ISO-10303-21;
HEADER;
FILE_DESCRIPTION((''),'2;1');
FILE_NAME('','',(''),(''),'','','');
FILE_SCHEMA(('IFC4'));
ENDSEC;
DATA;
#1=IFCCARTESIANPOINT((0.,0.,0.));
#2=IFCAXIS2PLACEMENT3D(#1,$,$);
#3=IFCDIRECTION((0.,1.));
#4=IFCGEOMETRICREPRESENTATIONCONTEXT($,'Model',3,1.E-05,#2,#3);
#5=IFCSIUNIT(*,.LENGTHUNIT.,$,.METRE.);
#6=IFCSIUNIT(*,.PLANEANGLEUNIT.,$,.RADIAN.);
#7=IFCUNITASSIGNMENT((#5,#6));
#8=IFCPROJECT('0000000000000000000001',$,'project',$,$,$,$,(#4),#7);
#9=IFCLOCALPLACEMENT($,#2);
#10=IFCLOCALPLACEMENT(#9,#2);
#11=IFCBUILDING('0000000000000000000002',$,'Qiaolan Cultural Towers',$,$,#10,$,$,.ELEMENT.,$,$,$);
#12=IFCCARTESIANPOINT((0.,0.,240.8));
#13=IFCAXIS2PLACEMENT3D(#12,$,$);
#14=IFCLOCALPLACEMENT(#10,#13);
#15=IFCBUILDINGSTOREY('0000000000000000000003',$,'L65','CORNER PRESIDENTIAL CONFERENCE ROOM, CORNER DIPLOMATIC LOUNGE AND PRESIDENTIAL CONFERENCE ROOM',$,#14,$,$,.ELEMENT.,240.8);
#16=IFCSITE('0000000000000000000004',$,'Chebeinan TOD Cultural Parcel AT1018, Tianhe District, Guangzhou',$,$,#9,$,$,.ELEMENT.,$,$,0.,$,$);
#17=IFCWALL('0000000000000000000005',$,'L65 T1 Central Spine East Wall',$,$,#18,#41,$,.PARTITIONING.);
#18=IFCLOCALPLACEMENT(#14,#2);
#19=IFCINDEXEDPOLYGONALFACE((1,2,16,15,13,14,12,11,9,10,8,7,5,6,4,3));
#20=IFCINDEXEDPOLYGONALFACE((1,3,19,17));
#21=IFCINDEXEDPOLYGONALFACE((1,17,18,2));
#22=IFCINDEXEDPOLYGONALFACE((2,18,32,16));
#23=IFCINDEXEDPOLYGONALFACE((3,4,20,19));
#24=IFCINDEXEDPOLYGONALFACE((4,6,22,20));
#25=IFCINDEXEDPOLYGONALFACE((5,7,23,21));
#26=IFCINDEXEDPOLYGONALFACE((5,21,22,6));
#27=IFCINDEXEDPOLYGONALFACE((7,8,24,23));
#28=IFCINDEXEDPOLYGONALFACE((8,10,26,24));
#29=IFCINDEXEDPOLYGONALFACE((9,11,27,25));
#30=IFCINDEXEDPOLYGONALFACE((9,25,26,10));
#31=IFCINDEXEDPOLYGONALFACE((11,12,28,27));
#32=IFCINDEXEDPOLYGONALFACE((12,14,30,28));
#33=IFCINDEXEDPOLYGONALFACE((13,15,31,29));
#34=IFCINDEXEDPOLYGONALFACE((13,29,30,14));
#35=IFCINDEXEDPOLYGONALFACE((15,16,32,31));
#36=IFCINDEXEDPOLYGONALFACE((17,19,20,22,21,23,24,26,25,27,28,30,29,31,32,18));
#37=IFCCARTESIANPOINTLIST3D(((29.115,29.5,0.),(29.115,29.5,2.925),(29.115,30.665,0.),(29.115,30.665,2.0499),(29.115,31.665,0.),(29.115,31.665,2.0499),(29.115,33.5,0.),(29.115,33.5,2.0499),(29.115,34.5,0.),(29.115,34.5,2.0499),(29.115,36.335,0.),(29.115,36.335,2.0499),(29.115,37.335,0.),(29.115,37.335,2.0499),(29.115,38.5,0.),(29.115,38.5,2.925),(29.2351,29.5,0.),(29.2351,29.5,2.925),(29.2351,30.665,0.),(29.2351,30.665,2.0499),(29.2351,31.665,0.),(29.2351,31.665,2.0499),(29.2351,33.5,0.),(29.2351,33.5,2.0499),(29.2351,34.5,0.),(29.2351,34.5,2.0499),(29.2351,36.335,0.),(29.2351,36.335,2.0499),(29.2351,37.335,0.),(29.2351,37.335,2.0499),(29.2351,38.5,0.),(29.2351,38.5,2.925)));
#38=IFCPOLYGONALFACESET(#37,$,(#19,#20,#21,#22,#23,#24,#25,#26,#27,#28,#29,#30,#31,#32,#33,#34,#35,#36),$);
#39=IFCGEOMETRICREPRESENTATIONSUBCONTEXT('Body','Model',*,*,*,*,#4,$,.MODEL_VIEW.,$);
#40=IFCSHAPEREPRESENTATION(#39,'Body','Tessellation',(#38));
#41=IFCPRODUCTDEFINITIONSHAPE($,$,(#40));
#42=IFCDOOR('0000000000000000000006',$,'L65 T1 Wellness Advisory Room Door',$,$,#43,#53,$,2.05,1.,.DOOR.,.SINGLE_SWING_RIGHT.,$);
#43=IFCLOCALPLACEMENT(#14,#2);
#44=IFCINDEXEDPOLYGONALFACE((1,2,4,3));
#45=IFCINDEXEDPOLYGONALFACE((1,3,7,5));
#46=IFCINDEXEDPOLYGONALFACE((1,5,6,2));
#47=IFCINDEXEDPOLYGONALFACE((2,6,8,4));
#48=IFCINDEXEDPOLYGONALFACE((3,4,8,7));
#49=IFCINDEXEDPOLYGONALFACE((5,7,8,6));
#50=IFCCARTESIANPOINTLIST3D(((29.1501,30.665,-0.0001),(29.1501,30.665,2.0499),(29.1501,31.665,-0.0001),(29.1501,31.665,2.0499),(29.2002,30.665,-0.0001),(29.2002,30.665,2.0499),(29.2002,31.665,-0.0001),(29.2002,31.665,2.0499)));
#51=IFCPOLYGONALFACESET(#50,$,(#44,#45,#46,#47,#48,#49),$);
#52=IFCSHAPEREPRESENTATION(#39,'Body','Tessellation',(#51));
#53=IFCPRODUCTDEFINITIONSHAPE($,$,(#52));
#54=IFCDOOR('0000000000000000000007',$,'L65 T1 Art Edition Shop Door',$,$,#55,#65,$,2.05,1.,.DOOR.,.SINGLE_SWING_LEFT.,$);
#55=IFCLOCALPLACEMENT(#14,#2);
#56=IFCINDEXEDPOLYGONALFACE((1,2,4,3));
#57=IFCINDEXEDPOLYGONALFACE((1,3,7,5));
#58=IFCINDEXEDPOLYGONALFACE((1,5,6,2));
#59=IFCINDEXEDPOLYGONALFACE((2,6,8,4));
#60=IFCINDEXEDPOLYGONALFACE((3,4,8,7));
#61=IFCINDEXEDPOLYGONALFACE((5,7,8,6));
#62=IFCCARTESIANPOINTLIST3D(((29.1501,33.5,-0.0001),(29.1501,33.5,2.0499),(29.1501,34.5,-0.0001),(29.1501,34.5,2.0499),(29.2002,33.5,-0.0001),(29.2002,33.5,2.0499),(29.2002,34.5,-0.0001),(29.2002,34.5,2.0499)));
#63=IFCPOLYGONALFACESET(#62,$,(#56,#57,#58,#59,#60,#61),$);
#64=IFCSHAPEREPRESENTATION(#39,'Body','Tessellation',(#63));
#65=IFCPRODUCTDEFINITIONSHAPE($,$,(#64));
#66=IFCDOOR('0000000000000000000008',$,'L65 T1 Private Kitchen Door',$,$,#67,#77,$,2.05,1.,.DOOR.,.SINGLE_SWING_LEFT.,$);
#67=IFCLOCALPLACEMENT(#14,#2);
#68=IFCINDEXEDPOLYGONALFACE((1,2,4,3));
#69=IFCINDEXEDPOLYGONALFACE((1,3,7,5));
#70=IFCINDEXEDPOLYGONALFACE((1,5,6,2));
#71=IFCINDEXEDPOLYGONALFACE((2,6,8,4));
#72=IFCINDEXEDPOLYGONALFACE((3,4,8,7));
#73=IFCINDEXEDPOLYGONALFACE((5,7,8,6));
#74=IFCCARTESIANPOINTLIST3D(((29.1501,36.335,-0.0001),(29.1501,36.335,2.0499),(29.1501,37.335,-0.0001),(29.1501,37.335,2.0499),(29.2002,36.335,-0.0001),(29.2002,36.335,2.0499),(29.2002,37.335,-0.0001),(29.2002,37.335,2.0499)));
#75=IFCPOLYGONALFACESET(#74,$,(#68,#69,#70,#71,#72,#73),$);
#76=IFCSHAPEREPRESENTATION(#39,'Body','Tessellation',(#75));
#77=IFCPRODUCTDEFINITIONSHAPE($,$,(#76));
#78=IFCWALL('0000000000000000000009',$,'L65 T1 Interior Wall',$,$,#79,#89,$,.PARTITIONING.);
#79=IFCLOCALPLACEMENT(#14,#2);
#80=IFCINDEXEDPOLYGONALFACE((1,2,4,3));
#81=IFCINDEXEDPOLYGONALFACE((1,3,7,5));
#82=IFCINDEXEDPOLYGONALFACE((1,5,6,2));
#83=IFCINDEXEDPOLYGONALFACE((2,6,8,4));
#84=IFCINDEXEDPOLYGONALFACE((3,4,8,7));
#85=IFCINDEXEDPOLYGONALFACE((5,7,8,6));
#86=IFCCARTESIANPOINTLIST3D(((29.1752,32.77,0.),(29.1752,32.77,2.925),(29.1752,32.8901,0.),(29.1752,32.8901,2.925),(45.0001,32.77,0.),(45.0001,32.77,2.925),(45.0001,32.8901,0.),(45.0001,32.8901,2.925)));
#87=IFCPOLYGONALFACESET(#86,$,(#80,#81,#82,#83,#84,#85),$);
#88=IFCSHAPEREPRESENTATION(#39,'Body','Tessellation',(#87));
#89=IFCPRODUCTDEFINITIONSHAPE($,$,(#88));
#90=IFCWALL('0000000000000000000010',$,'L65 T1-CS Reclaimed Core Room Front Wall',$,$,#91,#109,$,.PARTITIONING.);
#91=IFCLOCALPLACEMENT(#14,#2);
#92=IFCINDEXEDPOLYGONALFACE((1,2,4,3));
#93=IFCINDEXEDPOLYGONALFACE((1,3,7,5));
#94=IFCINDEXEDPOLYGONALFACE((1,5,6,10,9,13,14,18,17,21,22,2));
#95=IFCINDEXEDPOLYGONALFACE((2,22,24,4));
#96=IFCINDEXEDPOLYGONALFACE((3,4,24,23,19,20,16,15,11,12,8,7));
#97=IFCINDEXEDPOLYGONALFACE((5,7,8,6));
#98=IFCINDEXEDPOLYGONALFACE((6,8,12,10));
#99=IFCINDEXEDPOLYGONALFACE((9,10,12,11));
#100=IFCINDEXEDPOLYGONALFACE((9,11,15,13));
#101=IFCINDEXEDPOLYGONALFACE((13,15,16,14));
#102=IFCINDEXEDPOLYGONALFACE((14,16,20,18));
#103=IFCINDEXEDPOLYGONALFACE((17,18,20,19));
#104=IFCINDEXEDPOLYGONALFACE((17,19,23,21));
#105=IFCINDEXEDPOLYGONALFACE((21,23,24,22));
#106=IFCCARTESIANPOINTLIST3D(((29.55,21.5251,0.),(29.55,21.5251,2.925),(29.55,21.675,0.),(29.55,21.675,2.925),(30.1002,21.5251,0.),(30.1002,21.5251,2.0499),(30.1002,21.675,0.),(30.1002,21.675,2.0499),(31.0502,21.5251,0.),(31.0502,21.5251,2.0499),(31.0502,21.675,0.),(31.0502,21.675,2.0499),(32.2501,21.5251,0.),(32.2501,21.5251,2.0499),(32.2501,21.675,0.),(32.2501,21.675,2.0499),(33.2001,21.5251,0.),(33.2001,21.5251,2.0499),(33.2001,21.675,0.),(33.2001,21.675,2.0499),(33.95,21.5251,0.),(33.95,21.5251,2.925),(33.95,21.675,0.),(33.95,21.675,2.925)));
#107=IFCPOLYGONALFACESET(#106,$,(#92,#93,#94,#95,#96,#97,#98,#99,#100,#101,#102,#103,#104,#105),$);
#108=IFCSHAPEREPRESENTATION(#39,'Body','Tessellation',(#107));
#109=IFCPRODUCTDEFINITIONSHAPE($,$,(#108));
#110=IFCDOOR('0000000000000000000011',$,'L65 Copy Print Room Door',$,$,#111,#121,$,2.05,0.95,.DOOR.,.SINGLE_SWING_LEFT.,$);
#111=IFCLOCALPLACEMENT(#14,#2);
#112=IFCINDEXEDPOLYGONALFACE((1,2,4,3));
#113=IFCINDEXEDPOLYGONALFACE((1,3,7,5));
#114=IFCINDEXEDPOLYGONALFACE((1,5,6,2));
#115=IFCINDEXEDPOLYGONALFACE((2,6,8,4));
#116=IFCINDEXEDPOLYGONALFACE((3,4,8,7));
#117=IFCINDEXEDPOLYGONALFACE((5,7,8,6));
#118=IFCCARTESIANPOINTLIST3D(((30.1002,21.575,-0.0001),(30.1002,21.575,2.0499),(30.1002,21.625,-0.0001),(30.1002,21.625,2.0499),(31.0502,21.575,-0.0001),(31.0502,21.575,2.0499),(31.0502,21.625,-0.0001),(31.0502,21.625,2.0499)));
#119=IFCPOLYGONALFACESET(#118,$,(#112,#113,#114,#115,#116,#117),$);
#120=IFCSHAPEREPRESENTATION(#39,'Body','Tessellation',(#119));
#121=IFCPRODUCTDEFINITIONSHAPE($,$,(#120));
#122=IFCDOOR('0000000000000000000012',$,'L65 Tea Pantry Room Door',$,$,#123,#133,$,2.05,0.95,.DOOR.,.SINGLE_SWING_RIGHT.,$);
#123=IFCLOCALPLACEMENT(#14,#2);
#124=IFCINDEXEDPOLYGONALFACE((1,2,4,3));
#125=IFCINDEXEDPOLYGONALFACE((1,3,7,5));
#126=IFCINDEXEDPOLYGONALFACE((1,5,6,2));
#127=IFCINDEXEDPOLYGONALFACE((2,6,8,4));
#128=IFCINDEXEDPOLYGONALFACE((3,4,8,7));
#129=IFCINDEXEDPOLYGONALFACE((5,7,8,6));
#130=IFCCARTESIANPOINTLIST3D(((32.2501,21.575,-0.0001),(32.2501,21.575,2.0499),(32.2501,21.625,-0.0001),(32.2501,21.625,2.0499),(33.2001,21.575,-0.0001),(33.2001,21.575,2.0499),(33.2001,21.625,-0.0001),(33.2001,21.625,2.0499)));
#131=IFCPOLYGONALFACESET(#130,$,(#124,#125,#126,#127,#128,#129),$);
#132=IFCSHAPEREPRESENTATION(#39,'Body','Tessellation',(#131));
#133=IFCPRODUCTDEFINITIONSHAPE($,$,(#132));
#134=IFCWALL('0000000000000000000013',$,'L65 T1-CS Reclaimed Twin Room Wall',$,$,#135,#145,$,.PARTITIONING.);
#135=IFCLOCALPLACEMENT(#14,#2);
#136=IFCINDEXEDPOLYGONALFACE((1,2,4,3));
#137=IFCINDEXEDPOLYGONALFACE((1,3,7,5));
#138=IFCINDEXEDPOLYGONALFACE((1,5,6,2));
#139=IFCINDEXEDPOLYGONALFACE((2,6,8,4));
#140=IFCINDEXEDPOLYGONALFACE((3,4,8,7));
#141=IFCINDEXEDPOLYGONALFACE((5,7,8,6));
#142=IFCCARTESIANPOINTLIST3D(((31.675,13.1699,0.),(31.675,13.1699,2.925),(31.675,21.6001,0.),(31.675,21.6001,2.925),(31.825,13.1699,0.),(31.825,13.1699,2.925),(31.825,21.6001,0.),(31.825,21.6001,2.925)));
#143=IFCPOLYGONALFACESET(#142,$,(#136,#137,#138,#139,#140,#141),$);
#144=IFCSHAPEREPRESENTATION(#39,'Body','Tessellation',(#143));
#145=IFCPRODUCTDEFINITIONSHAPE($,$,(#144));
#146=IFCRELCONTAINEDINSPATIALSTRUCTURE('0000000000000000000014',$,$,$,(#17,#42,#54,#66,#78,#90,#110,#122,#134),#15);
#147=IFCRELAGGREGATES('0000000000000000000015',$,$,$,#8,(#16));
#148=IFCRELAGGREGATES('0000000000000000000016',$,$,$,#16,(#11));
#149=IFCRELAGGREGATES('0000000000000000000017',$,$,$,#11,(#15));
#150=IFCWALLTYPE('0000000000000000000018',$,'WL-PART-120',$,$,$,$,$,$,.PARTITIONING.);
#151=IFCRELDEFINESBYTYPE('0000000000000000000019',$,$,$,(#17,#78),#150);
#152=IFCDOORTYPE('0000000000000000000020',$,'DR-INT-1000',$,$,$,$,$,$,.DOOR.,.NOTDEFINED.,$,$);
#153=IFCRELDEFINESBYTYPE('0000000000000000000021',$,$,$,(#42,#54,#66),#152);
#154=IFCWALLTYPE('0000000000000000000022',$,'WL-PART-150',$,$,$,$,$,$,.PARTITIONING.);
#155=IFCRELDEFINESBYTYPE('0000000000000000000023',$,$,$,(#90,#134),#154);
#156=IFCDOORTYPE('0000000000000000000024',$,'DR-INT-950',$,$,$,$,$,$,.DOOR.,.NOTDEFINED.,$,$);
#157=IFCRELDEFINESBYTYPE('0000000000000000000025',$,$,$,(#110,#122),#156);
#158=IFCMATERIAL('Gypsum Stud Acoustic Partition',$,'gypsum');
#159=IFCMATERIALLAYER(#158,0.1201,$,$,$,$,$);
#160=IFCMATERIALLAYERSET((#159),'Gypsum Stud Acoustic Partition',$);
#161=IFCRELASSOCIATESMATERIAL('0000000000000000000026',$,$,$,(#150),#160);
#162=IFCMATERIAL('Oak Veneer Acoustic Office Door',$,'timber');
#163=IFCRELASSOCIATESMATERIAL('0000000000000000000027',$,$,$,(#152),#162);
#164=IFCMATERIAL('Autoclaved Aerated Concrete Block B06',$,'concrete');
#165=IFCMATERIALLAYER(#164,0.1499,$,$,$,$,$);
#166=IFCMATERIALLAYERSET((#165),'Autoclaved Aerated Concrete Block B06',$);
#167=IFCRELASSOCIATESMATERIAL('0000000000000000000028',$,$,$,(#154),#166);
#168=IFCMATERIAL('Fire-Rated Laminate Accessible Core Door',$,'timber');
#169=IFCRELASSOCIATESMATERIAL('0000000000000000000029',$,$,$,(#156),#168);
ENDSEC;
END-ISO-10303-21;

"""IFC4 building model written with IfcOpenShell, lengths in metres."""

from ifc_helpers import new_model, si_unit, direction, frame, frame_2d, origin, place, context, subcontext, project, spatial, rectangle, extrude, material, layer, layer_set, type_object, element, fill, save


model = new_model("IFC4")

# Units and contexts
model_context = context("Model", 3, precision=1e-05, world=origin(), true_north=direction((0.0, 1.0)))
body_context = subcontext(model_context, "Body", "Model", "MODEL_VIEW")
ifc_project = project(units=[si_unit("LENGTHUNIT", "METRE"), si_unit("PLANEANGLEUNIT", "RADIAN")], contexts=[model_context])

# Site, building, storey
site_placement = place(None, origin())
site = spatial("IfcSite", under=ifc_project, at=site_placement, Name="Chebeinan TOD Cultural Parcel AT1018, Tianhe District, Guangzhou", CompositionType="ELEMENT", RefElevation=0.0)
building_placement = place(site_placement, origin())
building = spatial("IfcBuilding", under=site, at=building_placement, Name="Qiaolan Cultural Towers", CompositionType="ELEMENT")
storey_placement = place(building_placement, frame((0.0, 0.0, 240.8)))
storey = spatial("IfcBuildingStorey", under=building, at=storey_placement, Name="L65", Description="CORNER PRESIDENTIAL CONFERENCE ROOM, CORNER DIPLOMATIC LOUNGE AND PRESIDENTIAL CONFERENCE ROOM", CompositionType="ELEMENT", Elevation=240.8)

# Shared definitions
ifc_material_1 = material(Name="Gypsum Stud Acoustic Partition", Category="gypsum")
ifc_layer_1 = layer(ifc_material_1, 0.1201)
ifc_layer_set_1 = layer_set([ifc_layer_1], Name="Gypsum Stud Acoustic Partition")
wall_type_1 = type_object("IfcWallType", Name="WL-PART-120", PredefinedType="PARTITIONING", material=ifc_layer_set_1)

# Wall, openings, doors
ifc_material_2 = material(Name="Oak Veneer Acoustic Office Door", Category="timber")
door_type_1 = type_object("IfcDoorType", Name="DR-INT-1000", OperationType="NOTDEFINED", PredefinedType="DOOR", material=ifc_material_2)
wall_1_placement = place(storey_placement, frame((29.175, 29.5, 0.0), z_axis=(0.0, 0.0, 1.0), x_axis=(0.0, 1.0, 0.0)))
wall_1 = element("IfcWall", 1, at=wall_1_placement, inside=storey, type_object=wall_type_1, Name="L65 T1 Central Spine East Wall", PredefinedType="PARTITIONING", context=body_context, shape_type="SweptSolid", body=[
    extrude(rectangle(XDim=9.0, YDim=0.1201, at=frame_2d((4.5, 0.0))), origin(), (0.0, 0.0, 1.0), 2.925),
])
opening_1_placement = place(wall_1_placement, frame((1.165, 0.0, 0.0)))
opening_1 = element("IfcOpeningElement", 2, at=opening_1_placement, cuts=wall_1, PredefinedType="OPENING", context=body_context, shape_type="SweptSolid", body=[
    extrude(rectangle(XDim=1.0, YDim=2.05, at=frame_2d((0.5, 1.0249))), frame((0.0, 0.0701, 0.0), z_axis=(0.0, -1.0, 0.0), x_axis=(1.0, 0.0, 0.0)), (0.0, 0.0, 1.0), 0.1401),
])
opening_2_placement = place(wall_1_placement, frame((4.0, 0.0, 0.0)))
opening_2 = element("IfcOpeningElement", 3, at=opening_2_placement, cuts=wall_1, PredefinedType="OPENING", context=body_context, shape_type="SweptSolid", body=[
    extrude(rectangle(XDim=1.0, YDim=2.05, at=frame_2d((0.5, 1.0249))), frame((0.0, 0.0701, 0.0), z_axis=(0.0, -1.0, 0.0), x_axis=(1.0, 0.0, 0.0)), (0.0, 0.0, 1.0), 0.1401),
])
opening_3_placement = place(wall_1_placement, frame((6.835, 0.0, 0.0)))
opening_3 = element("IfcOpeningElement", 4, at=opening_3_placement, cuts=wall_1, PredefinedType="OPENING", context=body_context, shape_type="SweptSolid", body=[
    extrude(rectangle(XDim=1.0, YDim=2.05, at=frame_2d((0.5, 1.0249))), frame((0.0, 0.0701, 0.0), z_axis=(0.0, -1.0, 0.0), x_axis=(1.0, 0.0, 0.0)), (0.0, 0.0, 1.0), 0.1401),
])
door_1_placement = place(opening_1_placement, origin())
door_1 = element("IfcDoor", 5, at=door_1_placement, inside=storey, type_object=door_type_1, Name="L65 T1 Wellness Advisory Room Door", OperationType="SINGLE_SWING_RIGHT", OverallHeight=2.05, OverallWidth=1.0, PredefinedType="DOOR", context=body_context, shape_type="SweptSolid", body=[
    extrude(rectangle(XDim=1.0, YDim=2.05, at=frame_2d((0.5, 1.0249))), frame((0.0, 0.0249, 0.0), z_axis=(0.0, -1.0, 0.0), x_axis=(1.0, 0.0, 0.0)), (0.0, 0.0, 1.0), 0.05),
])
fill(opening_1, door_1)
door_2_placement = place(opening_2_placement, origin())
door_2 = element("IfcDoor", 6, at=door_2_placement, inside=storey, type_object=door_type_1, Name="L65 T1 Art Edition Shop Door", OperationType="SINGLE_SWING_LEFT", OverallHeight=2.05, OverallWidth=1.0, PredefinedType="DOOR", context=body_context, shape_type="SweptSolid", body=[
    extrude(rectangle(XDim=1.0, YDim=2.05, at=frame_2d((0.5, 1.0249))), frame((0.0, 0.0249, 0.0), z_axis=(0.0, -1.0, 0.0), x_axis=(1.0, 0.0, 0.0)), (0.0, 0.0, 1.0), 0.05),
])
fill(opening_2, door_2)
door_3_placement = place(opening_3_placement, origin())
door_3 = element("IfcDoor", 7, at=door_3_placement, inside=storey, type_object=door_type_1, Name="L65 T1 Private Kitchen Door", OperationType="SINGLE_SWING_LEFT", OverallHeight=2.05, OverallWidth=1.0, PredefinedType="DOOR", context=body_context, shape_type="SweptSolid", body=[
    extrude(rectangle(XDim=1.0, YDim=2.05, at=frame_2d((0.5, 1.0249))), frame((0.0, 0.0249, 0.0), z_axis=(0.0, -1.0, 0.0), x_axis=(1.0, 0.0, 0.0)), (0.0, 0.0, 1.0), 0.05),
])
fill(opening_3, door_3)

# Wall
wall_2_placement = place(storey_placement, frame((29.175, 32.8301, 0.0), z_axis=(0.0, 0.0, 1.0), x_axis=(1.0, 0.0, 0.0)))
element("IfcWall", 8, at=wall_2_placement, inside=storey, type_object=wall_type_1, Name="L65 T1 Interior Wall", PredefinedType="PARTITIONING", context=body_context, shape_type="SweptSolid", body=[
    extrude(rectangle(XDim=15.825, YDim=0.1201, at=frame_2d((7.9126, 0.0))), origin(), (0.0, 0.0, 1.0), 2.925),
])

# Wall, openings, doors
ifc_material_3 = material(Name="Autoclaved Aerated Concrete Block B06", Category="concrete")
ifc_layer_2 = layer(ifc_material_3, 0.1499)
ifc_layer_set_2 = layer_set([ifc_layer_2], Name="Autoclaved Aerated Concrete Block B06")
wall_type_2 = type_object("IfcWallType", Name="WL-PART-150", PredefinedType="PARTITIONING", material=ifc_layer_set_2)
wall_3_placement = place(storey_placement, frame((29.55, 21.6001, 0.0), z_axis=(0.0, 0.0, 1.0), x_axis=(1.0, 0.0, 0.0)))
wall_3 = element("IfcWall", 9, at=wall_3_placement, inside=storey, type_object=wall_type_2, Name="L65 T1-CS Reclaimed Core Room Front Wall", PredefinedType="PARTITIONING", context=body_context, shape_type="SweptSolid", body=[
    extrude(rectangle(XDim=4.3999, YDim=0.1499, at=frame_2d((2.2, 0.0))), origin(), (0.0, 0.0, 1.0), 2.925),
])
opening_4_placement = place(wall_3_placement, frame((0.55, 0.0, 0.0)))
opening_4 = element("IfcOpeningElement", 10, at=opening_4_placement, cuts=wall_3, PredefinedType="OPENING", context=body_context, shape_type="SweptSolid", body=[
    extrude(rectangle(XDim=0.95, YDim=2.05, at=frame_2d((0.4751, 1.0249))), frame((0.0, 0.085, 0.0), z_axis=(0.0, -1.0, 0.0), x_axis=(1.0, 0.0, 0.0)), (0.0, 0.0, 1.0), 0.1699),
])
opening_5_placement = place(wall_3_placement, frame((2.7, 0.0, 0.0)))
opening_5 = element("IfcOpeningElement", 11, at=opening_5_placement, cuts=wall_3, PredefinedType="OPENING", context=body_context, shape_type="SweptSolid", body=[
    extrude(rectangle(XDim=0.95, YDim=2.05, at=frame_2d((0.4751, 1.0249))), frame((0.0, 0.085, 0.0), z_axis=(0.0, -1.0, 0.0), x_axis=(1.0, 0.0, 0.0)), (0.0, 0.0, 1.0), 0.1699),
])
ifc_material_4 = material(Name="Fire-Rated Laminate Accessible Core Door", Category="timber")
door_type_2 = type_object("IfcDoorType", Name="DR-INT-950", OperationType="NOTDEFINED", PredefinedType="DOOR", material=ifc_material_4)
door_4_placement = place(opening_4_placement, origin())
door_4 = element("IfcDoor", 12, at=door_4_placement, inside=storey, type_object=door_type_2, Name="L65 Copy Print Room Door", OperationType="SINGLE_SWING_LEFT", OverallHeight=2.05, OverallWidth=0.95, PredefinedType="DOOR", context=body_context, shape_type="SweptSolid", body=[
    extrude(rectangle(XDim=0.95, YDim=2.05, at=frame_2d((0.4751, 1.0249))), frame((0.0, 0.0249, 0.0), z_axis=(0.0, -1.0, 0.0), x_axis=(1.0, 0.0, 0.0)), (0.0, 0.0, 1.0), 0.05),
])
fill(opening_4, door_4)
door_5_placement = place(opening_5_placement, origin())
door_5 = element("IfcDoor", 13, at=door_5_placement, inside=storey, type_object=door_type_2, Name="L65 Tea Pantry Room Door", OperationType="SINGLE_SWING_RIGHT", OverallHeight=2.05, OverallWidth=0.95, PredefinedType="DOOR", context=body_context, shape_type="SweptSolid", body=[
    extrude(rectangle(XDim=0.95, YDim=2.05, at=frame_2d((0.4751, 1.0249))), frame((0.0, 0.0249, 0.0), z_axis=(0.0, -1.0, 0.0), x_axis=(1.0, 0.0, 0.0)), (0.0, 0.0, 1.0), 0.05),
])
fill(opening_5, door_5)

# Wall
wall_4_placement = place(storey_placement, frame((31.75, 21.6001, 0.0), z_axis=(0.0, 0.0, 1.0), x_axis=(0.0, -1.0, 0.0)))
element("IfcWall", 14, at=wall_4_placement, inside=storey, type_object=wall_type_2, Name="L65 T1-CS Reclaimed Twin Room Wall", PredefinedType="PARTITIONING", context=body_context, shape_type="SweptSolid", body=[
    extrude(rectangle(XDim=8.4302, YDim=0.1499, at=frame_2d((4.2151, 0.0))), origin(), (0.0, 0.0, 1.0), 2.925),
])

save(model, "model.ifc")
